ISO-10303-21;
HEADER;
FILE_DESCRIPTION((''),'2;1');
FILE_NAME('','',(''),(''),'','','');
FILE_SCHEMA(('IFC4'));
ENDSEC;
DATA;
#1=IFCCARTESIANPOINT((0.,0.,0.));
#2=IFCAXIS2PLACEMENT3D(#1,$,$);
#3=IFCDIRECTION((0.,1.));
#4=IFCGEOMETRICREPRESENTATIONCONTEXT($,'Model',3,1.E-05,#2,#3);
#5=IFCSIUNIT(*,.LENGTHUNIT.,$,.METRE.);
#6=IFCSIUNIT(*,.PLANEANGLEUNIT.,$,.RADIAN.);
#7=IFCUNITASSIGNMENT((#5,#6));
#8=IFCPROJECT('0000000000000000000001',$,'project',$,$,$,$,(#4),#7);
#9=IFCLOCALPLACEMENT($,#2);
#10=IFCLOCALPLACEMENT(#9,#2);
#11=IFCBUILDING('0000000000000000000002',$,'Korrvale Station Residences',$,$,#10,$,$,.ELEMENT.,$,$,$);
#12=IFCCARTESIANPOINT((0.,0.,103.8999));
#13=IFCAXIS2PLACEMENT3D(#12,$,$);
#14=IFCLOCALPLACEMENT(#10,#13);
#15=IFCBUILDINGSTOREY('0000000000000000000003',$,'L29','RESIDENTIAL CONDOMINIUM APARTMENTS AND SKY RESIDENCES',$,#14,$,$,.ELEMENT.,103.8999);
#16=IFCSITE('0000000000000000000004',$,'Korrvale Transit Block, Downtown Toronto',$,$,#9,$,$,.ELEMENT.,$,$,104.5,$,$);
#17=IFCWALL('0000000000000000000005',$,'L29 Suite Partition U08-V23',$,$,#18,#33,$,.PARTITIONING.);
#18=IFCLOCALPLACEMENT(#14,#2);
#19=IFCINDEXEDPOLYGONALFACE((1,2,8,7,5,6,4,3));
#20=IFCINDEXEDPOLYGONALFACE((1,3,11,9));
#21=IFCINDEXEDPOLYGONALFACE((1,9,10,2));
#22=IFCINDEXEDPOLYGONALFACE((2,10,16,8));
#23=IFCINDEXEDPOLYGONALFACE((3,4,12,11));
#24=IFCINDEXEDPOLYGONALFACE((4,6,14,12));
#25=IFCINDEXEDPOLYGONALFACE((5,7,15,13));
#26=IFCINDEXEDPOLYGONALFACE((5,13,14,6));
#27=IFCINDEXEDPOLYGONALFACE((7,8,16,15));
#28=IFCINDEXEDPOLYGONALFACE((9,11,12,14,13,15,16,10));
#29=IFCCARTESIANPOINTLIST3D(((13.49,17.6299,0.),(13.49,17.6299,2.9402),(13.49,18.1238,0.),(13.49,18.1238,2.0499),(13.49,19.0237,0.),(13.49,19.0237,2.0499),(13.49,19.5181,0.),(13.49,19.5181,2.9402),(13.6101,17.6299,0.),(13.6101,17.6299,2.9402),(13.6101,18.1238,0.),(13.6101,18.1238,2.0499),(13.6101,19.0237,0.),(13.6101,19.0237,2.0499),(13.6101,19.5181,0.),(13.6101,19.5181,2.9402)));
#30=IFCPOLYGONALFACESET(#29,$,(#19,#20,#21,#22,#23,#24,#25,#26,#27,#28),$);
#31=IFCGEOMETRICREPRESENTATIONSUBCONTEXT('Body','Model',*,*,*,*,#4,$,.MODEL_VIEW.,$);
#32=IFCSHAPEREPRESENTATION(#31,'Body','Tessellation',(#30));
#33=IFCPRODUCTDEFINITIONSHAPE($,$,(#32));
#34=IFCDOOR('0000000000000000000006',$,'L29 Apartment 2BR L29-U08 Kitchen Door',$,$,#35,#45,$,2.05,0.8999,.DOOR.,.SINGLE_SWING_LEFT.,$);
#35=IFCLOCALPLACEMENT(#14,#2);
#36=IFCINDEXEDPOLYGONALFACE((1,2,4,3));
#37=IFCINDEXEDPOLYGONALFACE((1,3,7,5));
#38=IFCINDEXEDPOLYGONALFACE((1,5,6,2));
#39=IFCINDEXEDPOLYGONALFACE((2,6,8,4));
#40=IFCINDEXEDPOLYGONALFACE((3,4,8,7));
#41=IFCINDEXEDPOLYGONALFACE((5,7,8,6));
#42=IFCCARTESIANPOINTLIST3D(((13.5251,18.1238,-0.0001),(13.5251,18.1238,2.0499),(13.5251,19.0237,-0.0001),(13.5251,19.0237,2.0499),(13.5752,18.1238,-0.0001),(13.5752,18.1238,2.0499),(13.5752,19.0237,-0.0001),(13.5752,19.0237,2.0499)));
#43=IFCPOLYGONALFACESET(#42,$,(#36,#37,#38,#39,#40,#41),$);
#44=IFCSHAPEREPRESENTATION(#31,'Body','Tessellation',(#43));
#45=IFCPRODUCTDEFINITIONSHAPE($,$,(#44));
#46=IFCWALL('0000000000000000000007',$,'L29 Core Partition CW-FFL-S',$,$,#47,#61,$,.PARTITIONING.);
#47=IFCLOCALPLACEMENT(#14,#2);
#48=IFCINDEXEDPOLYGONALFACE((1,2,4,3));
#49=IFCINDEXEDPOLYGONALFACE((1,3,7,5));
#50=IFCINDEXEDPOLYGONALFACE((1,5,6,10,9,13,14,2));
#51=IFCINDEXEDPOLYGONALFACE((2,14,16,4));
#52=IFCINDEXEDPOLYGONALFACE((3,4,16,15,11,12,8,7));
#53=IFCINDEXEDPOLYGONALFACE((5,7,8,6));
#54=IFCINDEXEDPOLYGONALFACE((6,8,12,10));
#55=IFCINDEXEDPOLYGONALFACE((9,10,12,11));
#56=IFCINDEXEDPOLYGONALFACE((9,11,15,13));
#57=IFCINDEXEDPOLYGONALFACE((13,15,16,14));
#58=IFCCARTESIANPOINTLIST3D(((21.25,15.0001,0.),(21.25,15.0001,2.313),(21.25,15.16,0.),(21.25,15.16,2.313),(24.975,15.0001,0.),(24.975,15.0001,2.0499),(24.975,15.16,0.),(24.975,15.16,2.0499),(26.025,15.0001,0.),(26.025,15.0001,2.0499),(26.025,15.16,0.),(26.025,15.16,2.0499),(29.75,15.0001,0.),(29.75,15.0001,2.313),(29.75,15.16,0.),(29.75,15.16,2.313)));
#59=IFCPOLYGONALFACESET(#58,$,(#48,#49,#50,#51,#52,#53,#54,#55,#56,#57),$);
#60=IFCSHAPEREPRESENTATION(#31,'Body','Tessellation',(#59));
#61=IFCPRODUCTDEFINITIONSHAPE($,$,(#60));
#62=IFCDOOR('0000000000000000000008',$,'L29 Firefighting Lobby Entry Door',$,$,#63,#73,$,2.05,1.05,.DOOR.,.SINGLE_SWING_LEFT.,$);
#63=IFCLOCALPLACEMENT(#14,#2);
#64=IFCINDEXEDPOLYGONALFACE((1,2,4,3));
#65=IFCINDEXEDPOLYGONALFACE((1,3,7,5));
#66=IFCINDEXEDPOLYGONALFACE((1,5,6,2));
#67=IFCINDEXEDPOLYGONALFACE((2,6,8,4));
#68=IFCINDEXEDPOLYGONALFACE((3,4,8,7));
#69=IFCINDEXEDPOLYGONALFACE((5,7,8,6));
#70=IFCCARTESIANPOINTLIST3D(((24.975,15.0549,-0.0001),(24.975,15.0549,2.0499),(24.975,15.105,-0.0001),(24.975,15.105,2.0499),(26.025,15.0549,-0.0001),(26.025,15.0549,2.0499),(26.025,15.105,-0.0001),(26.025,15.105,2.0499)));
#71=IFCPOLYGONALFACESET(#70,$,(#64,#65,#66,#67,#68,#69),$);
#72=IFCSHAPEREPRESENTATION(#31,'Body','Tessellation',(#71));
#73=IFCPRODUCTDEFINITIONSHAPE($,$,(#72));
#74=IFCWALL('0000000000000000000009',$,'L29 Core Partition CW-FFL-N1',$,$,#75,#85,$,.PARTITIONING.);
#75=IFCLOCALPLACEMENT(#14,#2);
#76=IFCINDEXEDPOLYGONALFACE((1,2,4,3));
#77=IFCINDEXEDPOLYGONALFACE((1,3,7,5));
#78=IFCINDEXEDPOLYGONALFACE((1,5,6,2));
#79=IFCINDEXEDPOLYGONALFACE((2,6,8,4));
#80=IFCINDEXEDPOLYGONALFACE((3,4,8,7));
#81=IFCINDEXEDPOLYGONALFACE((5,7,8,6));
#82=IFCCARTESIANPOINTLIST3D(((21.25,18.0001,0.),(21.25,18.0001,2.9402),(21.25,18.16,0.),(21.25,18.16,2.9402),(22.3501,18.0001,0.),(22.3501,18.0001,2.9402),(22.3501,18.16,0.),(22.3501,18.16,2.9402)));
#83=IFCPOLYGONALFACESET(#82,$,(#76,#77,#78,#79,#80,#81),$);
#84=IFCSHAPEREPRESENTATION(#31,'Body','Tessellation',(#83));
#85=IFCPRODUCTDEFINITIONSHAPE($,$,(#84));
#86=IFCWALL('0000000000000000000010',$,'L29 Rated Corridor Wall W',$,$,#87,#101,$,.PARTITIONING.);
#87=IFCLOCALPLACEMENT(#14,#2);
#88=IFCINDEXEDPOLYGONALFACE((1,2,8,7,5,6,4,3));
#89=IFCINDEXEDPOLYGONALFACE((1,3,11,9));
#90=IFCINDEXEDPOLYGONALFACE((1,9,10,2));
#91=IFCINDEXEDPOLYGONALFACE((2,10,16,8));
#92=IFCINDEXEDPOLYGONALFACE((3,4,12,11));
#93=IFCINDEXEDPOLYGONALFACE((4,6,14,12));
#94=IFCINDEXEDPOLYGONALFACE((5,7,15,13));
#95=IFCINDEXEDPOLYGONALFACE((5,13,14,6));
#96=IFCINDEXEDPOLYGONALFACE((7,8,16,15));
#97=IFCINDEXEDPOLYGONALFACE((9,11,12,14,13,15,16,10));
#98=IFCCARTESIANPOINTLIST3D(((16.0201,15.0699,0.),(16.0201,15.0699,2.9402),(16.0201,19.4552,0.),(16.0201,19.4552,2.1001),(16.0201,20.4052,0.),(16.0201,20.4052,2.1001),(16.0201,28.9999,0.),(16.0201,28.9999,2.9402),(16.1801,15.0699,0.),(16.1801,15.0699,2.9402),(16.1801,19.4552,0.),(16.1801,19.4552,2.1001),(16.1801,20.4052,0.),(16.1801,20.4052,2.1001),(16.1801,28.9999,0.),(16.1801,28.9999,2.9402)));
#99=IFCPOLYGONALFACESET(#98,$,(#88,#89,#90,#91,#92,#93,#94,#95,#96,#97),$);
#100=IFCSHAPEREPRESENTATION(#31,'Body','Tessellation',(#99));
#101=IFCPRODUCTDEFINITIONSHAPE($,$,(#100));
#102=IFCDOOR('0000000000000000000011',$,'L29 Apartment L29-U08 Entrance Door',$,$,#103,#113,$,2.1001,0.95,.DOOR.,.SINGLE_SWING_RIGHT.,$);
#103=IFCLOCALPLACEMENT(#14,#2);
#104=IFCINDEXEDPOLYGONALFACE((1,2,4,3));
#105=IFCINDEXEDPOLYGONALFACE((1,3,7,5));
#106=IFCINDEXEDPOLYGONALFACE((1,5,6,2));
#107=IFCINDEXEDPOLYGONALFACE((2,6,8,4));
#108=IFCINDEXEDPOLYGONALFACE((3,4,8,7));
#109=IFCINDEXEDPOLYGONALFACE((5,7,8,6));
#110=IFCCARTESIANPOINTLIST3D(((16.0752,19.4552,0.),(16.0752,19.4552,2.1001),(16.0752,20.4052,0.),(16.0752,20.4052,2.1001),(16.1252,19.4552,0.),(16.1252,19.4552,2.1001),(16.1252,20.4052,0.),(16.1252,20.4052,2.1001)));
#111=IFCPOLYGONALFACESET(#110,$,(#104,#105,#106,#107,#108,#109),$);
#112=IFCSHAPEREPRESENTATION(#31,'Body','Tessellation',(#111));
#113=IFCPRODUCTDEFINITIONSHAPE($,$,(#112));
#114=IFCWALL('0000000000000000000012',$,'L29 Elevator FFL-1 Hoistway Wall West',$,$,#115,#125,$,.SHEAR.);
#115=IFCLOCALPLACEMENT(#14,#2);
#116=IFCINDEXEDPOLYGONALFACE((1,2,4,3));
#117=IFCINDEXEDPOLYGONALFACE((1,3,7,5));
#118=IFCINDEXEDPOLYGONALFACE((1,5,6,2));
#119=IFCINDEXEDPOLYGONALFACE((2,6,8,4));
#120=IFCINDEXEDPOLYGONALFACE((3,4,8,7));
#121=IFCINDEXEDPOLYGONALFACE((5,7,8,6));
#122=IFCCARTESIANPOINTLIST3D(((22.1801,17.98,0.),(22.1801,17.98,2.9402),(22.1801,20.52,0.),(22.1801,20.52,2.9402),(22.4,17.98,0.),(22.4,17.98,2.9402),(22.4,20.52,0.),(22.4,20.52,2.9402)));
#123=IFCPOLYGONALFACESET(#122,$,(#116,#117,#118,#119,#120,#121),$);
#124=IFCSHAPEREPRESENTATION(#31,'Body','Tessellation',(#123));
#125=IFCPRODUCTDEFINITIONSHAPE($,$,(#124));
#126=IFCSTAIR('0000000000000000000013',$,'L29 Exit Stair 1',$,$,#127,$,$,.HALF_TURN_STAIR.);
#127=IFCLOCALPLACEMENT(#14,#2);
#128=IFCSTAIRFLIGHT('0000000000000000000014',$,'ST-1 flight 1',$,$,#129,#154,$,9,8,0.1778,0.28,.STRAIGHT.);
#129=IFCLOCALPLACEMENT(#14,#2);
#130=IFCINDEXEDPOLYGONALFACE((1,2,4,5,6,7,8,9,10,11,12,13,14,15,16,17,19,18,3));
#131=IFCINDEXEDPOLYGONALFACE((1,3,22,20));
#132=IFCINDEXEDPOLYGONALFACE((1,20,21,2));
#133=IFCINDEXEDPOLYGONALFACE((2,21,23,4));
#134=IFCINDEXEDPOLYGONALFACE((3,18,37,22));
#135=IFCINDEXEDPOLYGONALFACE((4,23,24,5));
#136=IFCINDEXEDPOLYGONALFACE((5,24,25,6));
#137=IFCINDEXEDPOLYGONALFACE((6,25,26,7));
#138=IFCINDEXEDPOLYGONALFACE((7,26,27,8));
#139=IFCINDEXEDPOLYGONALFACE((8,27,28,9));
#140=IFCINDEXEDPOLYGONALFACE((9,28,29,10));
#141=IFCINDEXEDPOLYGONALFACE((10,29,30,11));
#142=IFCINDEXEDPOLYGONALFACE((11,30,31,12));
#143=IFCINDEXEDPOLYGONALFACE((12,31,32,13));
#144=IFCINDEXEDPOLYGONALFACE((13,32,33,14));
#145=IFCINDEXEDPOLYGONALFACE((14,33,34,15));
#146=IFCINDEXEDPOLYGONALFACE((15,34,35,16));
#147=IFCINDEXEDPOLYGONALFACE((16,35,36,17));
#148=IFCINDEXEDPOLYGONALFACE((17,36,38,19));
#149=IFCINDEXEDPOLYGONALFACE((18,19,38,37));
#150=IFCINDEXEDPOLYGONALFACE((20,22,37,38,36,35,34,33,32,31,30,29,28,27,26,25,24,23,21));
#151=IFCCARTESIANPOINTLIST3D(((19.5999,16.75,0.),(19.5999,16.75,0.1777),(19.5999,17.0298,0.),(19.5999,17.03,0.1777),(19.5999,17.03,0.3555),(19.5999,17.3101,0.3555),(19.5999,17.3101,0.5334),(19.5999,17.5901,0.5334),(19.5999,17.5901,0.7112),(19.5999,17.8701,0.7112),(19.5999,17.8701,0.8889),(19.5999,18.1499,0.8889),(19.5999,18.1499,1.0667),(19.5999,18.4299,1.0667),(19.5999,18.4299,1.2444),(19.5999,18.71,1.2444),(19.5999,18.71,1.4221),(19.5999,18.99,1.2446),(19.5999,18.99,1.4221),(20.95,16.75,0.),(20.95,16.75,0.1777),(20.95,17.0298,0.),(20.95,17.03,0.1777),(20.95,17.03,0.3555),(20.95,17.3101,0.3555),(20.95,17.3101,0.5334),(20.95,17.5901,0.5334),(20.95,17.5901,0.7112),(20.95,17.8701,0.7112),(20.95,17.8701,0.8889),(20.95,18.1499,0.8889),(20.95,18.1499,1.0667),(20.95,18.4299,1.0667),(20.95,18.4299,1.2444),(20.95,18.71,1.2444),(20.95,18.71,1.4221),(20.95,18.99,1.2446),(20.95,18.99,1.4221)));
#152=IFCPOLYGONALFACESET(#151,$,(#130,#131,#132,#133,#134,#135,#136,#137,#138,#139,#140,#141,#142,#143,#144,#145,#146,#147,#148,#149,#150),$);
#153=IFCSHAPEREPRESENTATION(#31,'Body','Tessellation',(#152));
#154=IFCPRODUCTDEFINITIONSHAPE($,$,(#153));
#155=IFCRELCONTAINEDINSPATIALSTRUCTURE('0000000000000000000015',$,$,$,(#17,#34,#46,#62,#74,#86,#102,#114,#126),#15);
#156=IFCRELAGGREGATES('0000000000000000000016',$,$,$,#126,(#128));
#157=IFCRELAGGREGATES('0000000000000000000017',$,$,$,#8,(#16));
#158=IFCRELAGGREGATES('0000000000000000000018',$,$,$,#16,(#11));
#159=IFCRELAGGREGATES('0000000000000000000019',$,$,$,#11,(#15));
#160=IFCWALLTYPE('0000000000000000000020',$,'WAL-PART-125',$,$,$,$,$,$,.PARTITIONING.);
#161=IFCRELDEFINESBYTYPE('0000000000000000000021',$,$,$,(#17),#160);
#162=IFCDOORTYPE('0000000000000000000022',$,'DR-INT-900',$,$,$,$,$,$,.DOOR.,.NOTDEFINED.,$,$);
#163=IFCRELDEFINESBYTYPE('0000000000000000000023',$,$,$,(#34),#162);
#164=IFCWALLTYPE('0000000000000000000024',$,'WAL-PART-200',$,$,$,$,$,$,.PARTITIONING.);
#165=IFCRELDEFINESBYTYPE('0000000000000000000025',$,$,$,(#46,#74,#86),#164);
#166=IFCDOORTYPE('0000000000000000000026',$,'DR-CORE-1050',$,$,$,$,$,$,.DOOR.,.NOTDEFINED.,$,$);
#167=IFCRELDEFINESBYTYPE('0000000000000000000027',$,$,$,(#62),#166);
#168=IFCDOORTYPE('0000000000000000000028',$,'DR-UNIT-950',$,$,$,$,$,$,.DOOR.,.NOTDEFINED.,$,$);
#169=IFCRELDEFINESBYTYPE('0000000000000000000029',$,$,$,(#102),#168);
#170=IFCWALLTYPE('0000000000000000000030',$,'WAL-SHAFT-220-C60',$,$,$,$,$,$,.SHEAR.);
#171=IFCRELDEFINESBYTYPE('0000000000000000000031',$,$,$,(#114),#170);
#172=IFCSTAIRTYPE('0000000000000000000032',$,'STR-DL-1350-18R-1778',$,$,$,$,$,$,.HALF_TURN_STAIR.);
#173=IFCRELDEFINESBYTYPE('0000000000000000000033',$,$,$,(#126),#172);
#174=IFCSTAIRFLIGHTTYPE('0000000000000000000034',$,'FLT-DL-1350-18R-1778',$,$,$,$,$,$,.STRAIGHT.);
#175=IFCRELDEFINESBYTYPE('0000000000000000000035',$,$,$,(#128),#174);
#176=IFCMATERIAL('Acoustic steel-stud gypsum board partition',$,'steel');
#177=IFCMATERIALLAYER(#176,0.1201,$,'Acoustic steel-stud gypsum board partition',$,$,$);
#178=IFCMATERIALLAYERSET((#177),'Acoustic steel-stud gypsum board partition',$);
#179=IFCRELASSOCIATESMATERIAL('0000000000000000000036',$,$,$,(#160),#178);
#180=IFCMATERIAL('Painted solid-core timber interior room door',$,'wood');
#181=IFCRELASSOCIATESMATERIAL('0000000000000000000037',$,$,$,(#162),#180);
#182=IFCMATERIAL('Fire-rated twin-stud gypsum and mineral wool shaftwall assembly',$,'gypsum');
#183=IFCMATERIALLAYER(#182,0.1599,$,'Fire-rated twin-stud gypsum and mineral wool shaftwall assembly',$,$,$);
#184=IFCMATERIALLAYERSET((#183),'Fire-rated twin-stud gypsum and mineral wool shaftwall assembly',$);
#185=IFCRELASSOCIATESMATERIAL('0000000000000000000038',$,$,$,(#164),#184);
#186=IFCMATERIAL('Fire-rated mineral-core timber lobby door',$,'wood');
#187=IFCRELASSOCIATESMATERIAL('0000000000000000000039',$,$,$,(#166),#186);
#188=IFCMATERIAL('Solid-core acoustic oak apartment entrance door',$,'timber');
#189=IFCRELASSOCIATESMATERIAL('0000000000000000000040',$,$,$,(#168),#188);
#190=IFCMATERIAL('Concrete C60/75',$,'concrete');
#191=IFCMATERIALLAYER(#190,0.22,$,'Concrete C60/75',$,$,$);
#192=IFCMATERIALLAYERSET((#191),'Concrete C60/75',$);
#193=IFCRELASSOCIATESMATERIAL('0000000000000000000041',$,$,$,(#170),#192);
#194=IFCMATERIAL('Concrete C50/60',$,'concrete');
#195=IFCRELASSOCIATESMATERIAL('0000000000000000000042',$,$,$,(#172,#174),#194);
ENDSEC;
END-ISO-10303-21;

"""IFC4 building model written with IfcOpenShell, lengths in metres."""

from ifc_helpers import new_model, si_unit, direction, frame, frame_2d, origin, place, context, subcontext, project, spatial, polyline, rectangle, outline, extrude, material, layer, layer_set, type_object, element, fill, aggregate, save


model = new_model("IFC4")

# Units and contexts
model_context = context("Model", 3, precision=1e-05, world=origin(), true_north=direction((0.0, 1.0)))
body_context = subcontext(model_context, "Body", "Model", "MODEL_VIEW")
ifc_project = project(units=[si_unit("LENGTHUNIT", "METRE"), si_unit("PLANEANGLEUNIT", "RADIAN")], contexts=[model_context])

# Site, building, storey
site_placement = place(None, origin())
site = spatial("IfcSite", under=ifc_project, at=site_placement, Name="Korrvale Transit Block, Downtown Toronto", CompositionType="ELEMENT", RefElevation=104.5)
building_placement = place(site_placement, origin())
building = spatial("IfcBuilding", under=site, at=building_placement, Name="Korrvale Station Residences", CompositionType="ELEMENT")
storey_placement = place(building_placement, frame((0.0, 0.0, 103.8999)))
storey = spatial("IfcBuildingStorey", under=building, at=storey_placement, Name="L29", Description="RESIDENTIAL CONDOMINIUM APARTMENTS AND SKY RESIDENCES", CompositionType="ELEMENT", Elevation=103.8999)

# Shared definitions
ifc_material_1 = material(Name="Concrete C60/75", Category="concrete")

# Shared definitions
ifc_material_2 = material(Name="Acoustic steel-stud gypsum board partition", Category="steel")
ifc_layer_1 = layer(ifc_material_2, 0.1201, Name="Acoustic steel-stud gypsum board partition")
ifc_layer_set_1 = layer_set([ifc_layer_1], Name="Acoustic steel-stud gypsum board partition")
wall_type_1 = type_object("IfcWallType", Name="WAL-PART-125", PredefinedType="PARTITIONING", material=ifc_layer_set_1)

# Walls, openings, doors
wall_1_placement = place(storey_placement, frame((13.55, 17.6299, 0.0), z_axis=(0.0, 0.0, 1.0), x_axis=(0.0, 1.0, 0.0)))
wall_1 = element("IfcWall", 1, at=wall_1_placement, inside=storey, type_object=wall_type_1, Name="L29 Suite Partition U08-V23", PredefinedType="PARTITIONING", context=body_context, shape_type="SweptSolid", body=[
    extrude(rectangle(XDim=1.8882, YDim=0.1201, at=frame_2d((0.9441, 0.0))), origin(), (0.0, 0.0, 1.0), 2.9402),
])
opening_1_placement = place(wall_1_placement, frame((0.4939, 0.0, 0.0)))
opening_1 = element("IfcOpeningElement", 2, at=opening_1_placement, cuts=wall_1, PredefinedType="OPENING", context=body_context, shape_type="SweptSolid", body=[
    extrude(rectangle(XDim=0.8999, YDim=2.05, at=frame_2d((0.45, 1.0249))), frame((0.0, 0.0701, 0.0), z_axis=(0.0, -1.0, 0.0), x_axis=(1.0, 0.0, 0.0)), (0.0, 0.0, 1.0), 0.1401),
])
ifc_material_3 = material(Name="Painted solid-core timber interior room door", Category="wood")
door_type_1 = type_object("IfcDoorType", Name="DR-INT-900", OperationType="NOTDEFINED", PredefinedType="DOOR", material=ifc_material_3)
door_1_placement = place(opening_1_placement, origin())
door_1 = element("IfcDoor", 3, at=door_1_placement, inside=storey, type_object=door_type_1, Name="L29 Apartment 2BR L29-U08 Kitchen Door", OperationType="SINGLE_SWING_LEFT", OverallHeight=2.05, OverallWidth=0.8999, PredefinedType="DOOR", context=body_context, shape_type="SweptSolid", body=[
    extrude(rectangle(XDim=0.8999, YDim=2.05, at=frame_2d((0.45, 1.0249))), frame((0.0, 0.0249, 0.0), z_axis=(0.0, -1.0, 0.0), x_axis=(1.0, 0.0, 0.0)), (0.0, 0.0, 1.0), 0.05),
])
fill(opening_1, door_1)
ifc_material_4 = material(Name="Fire-rated twin-stud gypsum and mineral wool shaftwall assembly", Category="gypsum")
ifc_layer_2 = layer(ifc_material_4, 0.1599, Name="Fire-rated twin-stud gypsum and mineral wool shaftwall assembly")
ifc_layer_set_2 = layer_set([ifc_layer_2], Name="Fire-rated twin-stud gypsum and mineral wool shaftwall assembly")
wall_type_2 = type_object("IfcWallType", Name="WAL-PART-200", PredefinedType="PARTITIONING", material=ifc_layer_set_2)
wall_2_placement = place(storey_placement, frame((21.25, 15.0801, 0.0), z_axis=(0.0, 0.0, 1.0), x_axis=(1.0, 0.0, 0.0)))
wall_2 = element("IfcWall", 4, at=wall_2_placement, inside=storey, type_object=wall_type_2, Name="L29 Core Partition CW-FFL-S", PredefinedType="PARTITIONING", context=body_context, shape_type="SweptSolid", body=[
    extrude(rectangle(XDim=8.5, YDim=0.1599, at=frame_2d((4.25, 0.0))), origin(), (0.0, 0.0, 1.0), 2.313),
])
opening_2_placement = place(wall_2_placement, frame((3.7251, 0.0, 0.0)))
opening_2 = element("IfcOpeningElement", 5, at=opening_2_placement, cuts=wall_2, PredefinedType="OPENING", context=body_context, shape_type="SweptSolid", body=[
    extrude(rectangle(XDim=1.05, YDim=2.05, at=frame_2d((0.5249, 1.0249))), frame((0.0, 0.0898, 0.0), z_axis=(0.0, -1.0, 0.0), x_axis=(1.0, 0.0, 0.0)), (0.0, 0.0, 1.0), 0.1799),
])
ifc_material_5 = material(Name="Fire-rated mineral-core timber lobby door", Category="wood")
door_type_2 = type_object("IfcDoorType", Name="DR-CORE-1050", OperationType="NOTDEFINED", PredefinedType="DOOR", material=ifc_material_5)
door_2_placement = place(opening_2_placement, origin())
door_2 = element("IfcDoor", 6, at=door_2_placement, inside=storey, type_object=door_type_2, Name="L29 Firefighting Lobby Entry Door", OperationType="SINGLE_SWING_LEFT", OverallHeight=2.05, OverallWidth=1.05, PredefinedType="DOOR", context=body_context, shape_type="SweptSolid", body=[
    extrude(rectangle(XDim=1.05, YDim=2.05, at=frame_2d((0.5249, 1.0249))), frame((0.0, 0.0249, 0.0), z_axis=(0.0, -1.0, 0.0), x_axis=(1.0, 0.0, 0.0)), (0.0, 0.0, 1.0), 0.05),
])
fill(opening_2, door_2)

# Wall
wall_3_placement = place(storey_placement, frame((21.25, 18.0801, 0.0), z_axis=(0.0, 0.0, 1.0), x_axis=(1.0, 0.0, 0.0)))
element("IfcWall", 7, at=wall_3_placement, inside=storey, type_object=wall_type_2, Name="L29 Core Partition CW-FFL-N1", PredefinedType="PARTITIONING", context=body_context, shape_type="SweptSolid", body=[
    extrude(rectangle(XDim=1.1001, YDim=0.1599, at=frame_2d((0.55, 0.0))), origin(), (0.0, 0.0, 1.0), 2.9402),
])

# Wall, opening, door
wall_4_placement = place(storey_placement, frame((16.1001, 15.0701, 0.0), z_axis=(0.0, 0.0, 1.0), x_axis=(0.0, 1.0, 0.0)))
wall_4 = element("IfcWall", 8, at=wall_4_placement, inside=storey, type_object=wall_type_2, Name="L29 Rated Corridor Wall W", PredefinedType="PARTITIONING", context=body_context, shape_type="SweptSolid", body=[
    extrude(rectangle(XDim=13.9299, YDim=0.1599, at=frame_2d((6.9648, 0.0))), origin(), (0.0, 0.0, 1.0), 2.9402),
])
opening_3_placement = place(wall_4_placement, frame((4.385, 0.0, 0.0)))
opening_3 = element("IfcOpeningElement", 9, at=opening_3_placement, cuts=wall_4, PredefinedType="OPENING", context=body_context, shape_type="SweptSolid", body=[
    extrude(rectangle(XDim=0.95, YDim=2.1001, at=frame_2d((0.4751, 1.05))), frame((0.0, 0.0898, 0.0), z_axis=(0.0, -1.0, 0.0), x_axis=(1.0, 0.0, 0.0)), (0.0, 0.0, 1.0), 0.1799),
])
ifc_material_6 = material(Name="Solid-core acoustic oak apartment entrance door", Category="timber")
door_type_3 = type_object("IfcDoorType", Name="DR-UNIT-950", OperationType="NOTDEFINED", PredefinedType="DOOR", material=ifc_material_6)
door_3_placement = place(opening_3_placement, origin())
door_3 = element("IfcDoor", 10, at=door_3_placement, inside=storey, type_object=door_type_3, Name="L29 Apartment L29-U08 Entrance Door", OperationType="SINGLE_SWING_RIGHT", OverallHeight=2.1001, OverallWidth=0.95, PredefinedType="DOOR", context=body_context, shape_type="SweptSolid", body=[
    extrude(rectangle(XDim=0.95, YDim=2.1001, at=frame_2d((0.4751, 1.05))), frame((0.0, 0.0249, 0.0), z_axis=(0.0, -1.0, 0.0), x_axis=(1.0, 0.0, 0.0)), (0.0, 0.0, 1.0), 0.05),
])
fill(opening_3, door_3)
ifc_layer_3 = layer(ifc_material_1, 0.22, Name="Concrete C60/75")
ifc_layer_set_3 = layer_set([ifc_layer_3], Name="Concrete C60/75")
wall_type_3 = type_object("IfcWallType", Name="WAL-SHAFT-220-C60", PredefinedType="SHEAR", material=ifc_layer_set_3)

# Wall
wall_5_placement = place(storey_placement, frame((22.29, 17.98, 0.0), z_axis=(0.0, 0.0, 1.0), x_axis=(0.0, 1.0, 0.0)))
element("IfcWall", 11, at=wall_5_placement, inside=storey, type_object=wall_type_3, Name="L29 Elevator FFL-1 Hoistway Wall West", PredefinedType="SHEAR", context=body_context, shape_type="SweptSolid", body=[
    extrude(rectangle(XDim=2.54, YDim=0.22, at=frame_2d((1.27, 0.0))), origin(), (0.0, 0.0, 1.0), 2.9402),
])

# Stair, stair flight
ifc_material_7 = material(Name="Concrete C50/60", Category="concrete")
stair_type = type_object("IfcStairType", Name="STR-DL-1350-18R-1778", PredefinedType="HALF_TURN_STAIR", material=ifc_material_7)
stair_placement = place(storey_placement, origin())
stair = element("IfcStair", 12, at=stair_placement, inside=storey, type_object=stair_type, Name="L29 Exit Stair 1", PredefinedType="HALF_TURN_STAIR")
stair_flight_type = type_object("IfcStairFlightType", Name="FLT-DL-1350-18R-1778", PredefinedType="STRAIGHT", material=ifc_material_7)
stair_flight_1_placement = place(storey_placement, frame((20.2749, 16.75, 0.0), z_axis=(0.0, 0.0, 1.0), x_axis=(0.0, 1.0, 0.0)))
stair_flight_1 = element("IfcStairFlight", 13, at=stair_flight_1_placement, type_object=stair_flight_type, Name="ST-1 flight 1", NumberOfRisers=9, NumberOfTreads=8, PredefinedType="STRAIGHT", RiserHeight=0.1778, TreadLength=0.28, context=body_context, shape_type="SweptSolid", body=[
    extrude(outline(polyline([(0.0, 0.0), (0.0, 0.1777), (0.28, 0.1777), (0.28, 0.3555), (0.5601, 0.3555), (0.5601, 0.5334), (0.8401, 0.5334), (0.8401, 0.7112), (1.1201, 0.7112), (1.1201, 0.8889), (1.3999, 0.8889), (1.3999, 1.0667), (1.6799, 1.0667), (1.6799, 1.2444), (1.96, 1.2444), (1.96, 1.4221), (2.24, 1.4221), (2.24, 1.6001), (2.24, 1.2446), (0.2798, 0.0), (0.0, 0.0)])), frame((0.0, 0.675, 0.0), z_axis=(0.0, -1.0, 0.0), x_axis=(1.0, 0.0, 0.0)), (0.0, 0.0, 1.0), 1.3501),
])
aggregate(stair, [stair_flight_1])

save(model, "model.ifc")
